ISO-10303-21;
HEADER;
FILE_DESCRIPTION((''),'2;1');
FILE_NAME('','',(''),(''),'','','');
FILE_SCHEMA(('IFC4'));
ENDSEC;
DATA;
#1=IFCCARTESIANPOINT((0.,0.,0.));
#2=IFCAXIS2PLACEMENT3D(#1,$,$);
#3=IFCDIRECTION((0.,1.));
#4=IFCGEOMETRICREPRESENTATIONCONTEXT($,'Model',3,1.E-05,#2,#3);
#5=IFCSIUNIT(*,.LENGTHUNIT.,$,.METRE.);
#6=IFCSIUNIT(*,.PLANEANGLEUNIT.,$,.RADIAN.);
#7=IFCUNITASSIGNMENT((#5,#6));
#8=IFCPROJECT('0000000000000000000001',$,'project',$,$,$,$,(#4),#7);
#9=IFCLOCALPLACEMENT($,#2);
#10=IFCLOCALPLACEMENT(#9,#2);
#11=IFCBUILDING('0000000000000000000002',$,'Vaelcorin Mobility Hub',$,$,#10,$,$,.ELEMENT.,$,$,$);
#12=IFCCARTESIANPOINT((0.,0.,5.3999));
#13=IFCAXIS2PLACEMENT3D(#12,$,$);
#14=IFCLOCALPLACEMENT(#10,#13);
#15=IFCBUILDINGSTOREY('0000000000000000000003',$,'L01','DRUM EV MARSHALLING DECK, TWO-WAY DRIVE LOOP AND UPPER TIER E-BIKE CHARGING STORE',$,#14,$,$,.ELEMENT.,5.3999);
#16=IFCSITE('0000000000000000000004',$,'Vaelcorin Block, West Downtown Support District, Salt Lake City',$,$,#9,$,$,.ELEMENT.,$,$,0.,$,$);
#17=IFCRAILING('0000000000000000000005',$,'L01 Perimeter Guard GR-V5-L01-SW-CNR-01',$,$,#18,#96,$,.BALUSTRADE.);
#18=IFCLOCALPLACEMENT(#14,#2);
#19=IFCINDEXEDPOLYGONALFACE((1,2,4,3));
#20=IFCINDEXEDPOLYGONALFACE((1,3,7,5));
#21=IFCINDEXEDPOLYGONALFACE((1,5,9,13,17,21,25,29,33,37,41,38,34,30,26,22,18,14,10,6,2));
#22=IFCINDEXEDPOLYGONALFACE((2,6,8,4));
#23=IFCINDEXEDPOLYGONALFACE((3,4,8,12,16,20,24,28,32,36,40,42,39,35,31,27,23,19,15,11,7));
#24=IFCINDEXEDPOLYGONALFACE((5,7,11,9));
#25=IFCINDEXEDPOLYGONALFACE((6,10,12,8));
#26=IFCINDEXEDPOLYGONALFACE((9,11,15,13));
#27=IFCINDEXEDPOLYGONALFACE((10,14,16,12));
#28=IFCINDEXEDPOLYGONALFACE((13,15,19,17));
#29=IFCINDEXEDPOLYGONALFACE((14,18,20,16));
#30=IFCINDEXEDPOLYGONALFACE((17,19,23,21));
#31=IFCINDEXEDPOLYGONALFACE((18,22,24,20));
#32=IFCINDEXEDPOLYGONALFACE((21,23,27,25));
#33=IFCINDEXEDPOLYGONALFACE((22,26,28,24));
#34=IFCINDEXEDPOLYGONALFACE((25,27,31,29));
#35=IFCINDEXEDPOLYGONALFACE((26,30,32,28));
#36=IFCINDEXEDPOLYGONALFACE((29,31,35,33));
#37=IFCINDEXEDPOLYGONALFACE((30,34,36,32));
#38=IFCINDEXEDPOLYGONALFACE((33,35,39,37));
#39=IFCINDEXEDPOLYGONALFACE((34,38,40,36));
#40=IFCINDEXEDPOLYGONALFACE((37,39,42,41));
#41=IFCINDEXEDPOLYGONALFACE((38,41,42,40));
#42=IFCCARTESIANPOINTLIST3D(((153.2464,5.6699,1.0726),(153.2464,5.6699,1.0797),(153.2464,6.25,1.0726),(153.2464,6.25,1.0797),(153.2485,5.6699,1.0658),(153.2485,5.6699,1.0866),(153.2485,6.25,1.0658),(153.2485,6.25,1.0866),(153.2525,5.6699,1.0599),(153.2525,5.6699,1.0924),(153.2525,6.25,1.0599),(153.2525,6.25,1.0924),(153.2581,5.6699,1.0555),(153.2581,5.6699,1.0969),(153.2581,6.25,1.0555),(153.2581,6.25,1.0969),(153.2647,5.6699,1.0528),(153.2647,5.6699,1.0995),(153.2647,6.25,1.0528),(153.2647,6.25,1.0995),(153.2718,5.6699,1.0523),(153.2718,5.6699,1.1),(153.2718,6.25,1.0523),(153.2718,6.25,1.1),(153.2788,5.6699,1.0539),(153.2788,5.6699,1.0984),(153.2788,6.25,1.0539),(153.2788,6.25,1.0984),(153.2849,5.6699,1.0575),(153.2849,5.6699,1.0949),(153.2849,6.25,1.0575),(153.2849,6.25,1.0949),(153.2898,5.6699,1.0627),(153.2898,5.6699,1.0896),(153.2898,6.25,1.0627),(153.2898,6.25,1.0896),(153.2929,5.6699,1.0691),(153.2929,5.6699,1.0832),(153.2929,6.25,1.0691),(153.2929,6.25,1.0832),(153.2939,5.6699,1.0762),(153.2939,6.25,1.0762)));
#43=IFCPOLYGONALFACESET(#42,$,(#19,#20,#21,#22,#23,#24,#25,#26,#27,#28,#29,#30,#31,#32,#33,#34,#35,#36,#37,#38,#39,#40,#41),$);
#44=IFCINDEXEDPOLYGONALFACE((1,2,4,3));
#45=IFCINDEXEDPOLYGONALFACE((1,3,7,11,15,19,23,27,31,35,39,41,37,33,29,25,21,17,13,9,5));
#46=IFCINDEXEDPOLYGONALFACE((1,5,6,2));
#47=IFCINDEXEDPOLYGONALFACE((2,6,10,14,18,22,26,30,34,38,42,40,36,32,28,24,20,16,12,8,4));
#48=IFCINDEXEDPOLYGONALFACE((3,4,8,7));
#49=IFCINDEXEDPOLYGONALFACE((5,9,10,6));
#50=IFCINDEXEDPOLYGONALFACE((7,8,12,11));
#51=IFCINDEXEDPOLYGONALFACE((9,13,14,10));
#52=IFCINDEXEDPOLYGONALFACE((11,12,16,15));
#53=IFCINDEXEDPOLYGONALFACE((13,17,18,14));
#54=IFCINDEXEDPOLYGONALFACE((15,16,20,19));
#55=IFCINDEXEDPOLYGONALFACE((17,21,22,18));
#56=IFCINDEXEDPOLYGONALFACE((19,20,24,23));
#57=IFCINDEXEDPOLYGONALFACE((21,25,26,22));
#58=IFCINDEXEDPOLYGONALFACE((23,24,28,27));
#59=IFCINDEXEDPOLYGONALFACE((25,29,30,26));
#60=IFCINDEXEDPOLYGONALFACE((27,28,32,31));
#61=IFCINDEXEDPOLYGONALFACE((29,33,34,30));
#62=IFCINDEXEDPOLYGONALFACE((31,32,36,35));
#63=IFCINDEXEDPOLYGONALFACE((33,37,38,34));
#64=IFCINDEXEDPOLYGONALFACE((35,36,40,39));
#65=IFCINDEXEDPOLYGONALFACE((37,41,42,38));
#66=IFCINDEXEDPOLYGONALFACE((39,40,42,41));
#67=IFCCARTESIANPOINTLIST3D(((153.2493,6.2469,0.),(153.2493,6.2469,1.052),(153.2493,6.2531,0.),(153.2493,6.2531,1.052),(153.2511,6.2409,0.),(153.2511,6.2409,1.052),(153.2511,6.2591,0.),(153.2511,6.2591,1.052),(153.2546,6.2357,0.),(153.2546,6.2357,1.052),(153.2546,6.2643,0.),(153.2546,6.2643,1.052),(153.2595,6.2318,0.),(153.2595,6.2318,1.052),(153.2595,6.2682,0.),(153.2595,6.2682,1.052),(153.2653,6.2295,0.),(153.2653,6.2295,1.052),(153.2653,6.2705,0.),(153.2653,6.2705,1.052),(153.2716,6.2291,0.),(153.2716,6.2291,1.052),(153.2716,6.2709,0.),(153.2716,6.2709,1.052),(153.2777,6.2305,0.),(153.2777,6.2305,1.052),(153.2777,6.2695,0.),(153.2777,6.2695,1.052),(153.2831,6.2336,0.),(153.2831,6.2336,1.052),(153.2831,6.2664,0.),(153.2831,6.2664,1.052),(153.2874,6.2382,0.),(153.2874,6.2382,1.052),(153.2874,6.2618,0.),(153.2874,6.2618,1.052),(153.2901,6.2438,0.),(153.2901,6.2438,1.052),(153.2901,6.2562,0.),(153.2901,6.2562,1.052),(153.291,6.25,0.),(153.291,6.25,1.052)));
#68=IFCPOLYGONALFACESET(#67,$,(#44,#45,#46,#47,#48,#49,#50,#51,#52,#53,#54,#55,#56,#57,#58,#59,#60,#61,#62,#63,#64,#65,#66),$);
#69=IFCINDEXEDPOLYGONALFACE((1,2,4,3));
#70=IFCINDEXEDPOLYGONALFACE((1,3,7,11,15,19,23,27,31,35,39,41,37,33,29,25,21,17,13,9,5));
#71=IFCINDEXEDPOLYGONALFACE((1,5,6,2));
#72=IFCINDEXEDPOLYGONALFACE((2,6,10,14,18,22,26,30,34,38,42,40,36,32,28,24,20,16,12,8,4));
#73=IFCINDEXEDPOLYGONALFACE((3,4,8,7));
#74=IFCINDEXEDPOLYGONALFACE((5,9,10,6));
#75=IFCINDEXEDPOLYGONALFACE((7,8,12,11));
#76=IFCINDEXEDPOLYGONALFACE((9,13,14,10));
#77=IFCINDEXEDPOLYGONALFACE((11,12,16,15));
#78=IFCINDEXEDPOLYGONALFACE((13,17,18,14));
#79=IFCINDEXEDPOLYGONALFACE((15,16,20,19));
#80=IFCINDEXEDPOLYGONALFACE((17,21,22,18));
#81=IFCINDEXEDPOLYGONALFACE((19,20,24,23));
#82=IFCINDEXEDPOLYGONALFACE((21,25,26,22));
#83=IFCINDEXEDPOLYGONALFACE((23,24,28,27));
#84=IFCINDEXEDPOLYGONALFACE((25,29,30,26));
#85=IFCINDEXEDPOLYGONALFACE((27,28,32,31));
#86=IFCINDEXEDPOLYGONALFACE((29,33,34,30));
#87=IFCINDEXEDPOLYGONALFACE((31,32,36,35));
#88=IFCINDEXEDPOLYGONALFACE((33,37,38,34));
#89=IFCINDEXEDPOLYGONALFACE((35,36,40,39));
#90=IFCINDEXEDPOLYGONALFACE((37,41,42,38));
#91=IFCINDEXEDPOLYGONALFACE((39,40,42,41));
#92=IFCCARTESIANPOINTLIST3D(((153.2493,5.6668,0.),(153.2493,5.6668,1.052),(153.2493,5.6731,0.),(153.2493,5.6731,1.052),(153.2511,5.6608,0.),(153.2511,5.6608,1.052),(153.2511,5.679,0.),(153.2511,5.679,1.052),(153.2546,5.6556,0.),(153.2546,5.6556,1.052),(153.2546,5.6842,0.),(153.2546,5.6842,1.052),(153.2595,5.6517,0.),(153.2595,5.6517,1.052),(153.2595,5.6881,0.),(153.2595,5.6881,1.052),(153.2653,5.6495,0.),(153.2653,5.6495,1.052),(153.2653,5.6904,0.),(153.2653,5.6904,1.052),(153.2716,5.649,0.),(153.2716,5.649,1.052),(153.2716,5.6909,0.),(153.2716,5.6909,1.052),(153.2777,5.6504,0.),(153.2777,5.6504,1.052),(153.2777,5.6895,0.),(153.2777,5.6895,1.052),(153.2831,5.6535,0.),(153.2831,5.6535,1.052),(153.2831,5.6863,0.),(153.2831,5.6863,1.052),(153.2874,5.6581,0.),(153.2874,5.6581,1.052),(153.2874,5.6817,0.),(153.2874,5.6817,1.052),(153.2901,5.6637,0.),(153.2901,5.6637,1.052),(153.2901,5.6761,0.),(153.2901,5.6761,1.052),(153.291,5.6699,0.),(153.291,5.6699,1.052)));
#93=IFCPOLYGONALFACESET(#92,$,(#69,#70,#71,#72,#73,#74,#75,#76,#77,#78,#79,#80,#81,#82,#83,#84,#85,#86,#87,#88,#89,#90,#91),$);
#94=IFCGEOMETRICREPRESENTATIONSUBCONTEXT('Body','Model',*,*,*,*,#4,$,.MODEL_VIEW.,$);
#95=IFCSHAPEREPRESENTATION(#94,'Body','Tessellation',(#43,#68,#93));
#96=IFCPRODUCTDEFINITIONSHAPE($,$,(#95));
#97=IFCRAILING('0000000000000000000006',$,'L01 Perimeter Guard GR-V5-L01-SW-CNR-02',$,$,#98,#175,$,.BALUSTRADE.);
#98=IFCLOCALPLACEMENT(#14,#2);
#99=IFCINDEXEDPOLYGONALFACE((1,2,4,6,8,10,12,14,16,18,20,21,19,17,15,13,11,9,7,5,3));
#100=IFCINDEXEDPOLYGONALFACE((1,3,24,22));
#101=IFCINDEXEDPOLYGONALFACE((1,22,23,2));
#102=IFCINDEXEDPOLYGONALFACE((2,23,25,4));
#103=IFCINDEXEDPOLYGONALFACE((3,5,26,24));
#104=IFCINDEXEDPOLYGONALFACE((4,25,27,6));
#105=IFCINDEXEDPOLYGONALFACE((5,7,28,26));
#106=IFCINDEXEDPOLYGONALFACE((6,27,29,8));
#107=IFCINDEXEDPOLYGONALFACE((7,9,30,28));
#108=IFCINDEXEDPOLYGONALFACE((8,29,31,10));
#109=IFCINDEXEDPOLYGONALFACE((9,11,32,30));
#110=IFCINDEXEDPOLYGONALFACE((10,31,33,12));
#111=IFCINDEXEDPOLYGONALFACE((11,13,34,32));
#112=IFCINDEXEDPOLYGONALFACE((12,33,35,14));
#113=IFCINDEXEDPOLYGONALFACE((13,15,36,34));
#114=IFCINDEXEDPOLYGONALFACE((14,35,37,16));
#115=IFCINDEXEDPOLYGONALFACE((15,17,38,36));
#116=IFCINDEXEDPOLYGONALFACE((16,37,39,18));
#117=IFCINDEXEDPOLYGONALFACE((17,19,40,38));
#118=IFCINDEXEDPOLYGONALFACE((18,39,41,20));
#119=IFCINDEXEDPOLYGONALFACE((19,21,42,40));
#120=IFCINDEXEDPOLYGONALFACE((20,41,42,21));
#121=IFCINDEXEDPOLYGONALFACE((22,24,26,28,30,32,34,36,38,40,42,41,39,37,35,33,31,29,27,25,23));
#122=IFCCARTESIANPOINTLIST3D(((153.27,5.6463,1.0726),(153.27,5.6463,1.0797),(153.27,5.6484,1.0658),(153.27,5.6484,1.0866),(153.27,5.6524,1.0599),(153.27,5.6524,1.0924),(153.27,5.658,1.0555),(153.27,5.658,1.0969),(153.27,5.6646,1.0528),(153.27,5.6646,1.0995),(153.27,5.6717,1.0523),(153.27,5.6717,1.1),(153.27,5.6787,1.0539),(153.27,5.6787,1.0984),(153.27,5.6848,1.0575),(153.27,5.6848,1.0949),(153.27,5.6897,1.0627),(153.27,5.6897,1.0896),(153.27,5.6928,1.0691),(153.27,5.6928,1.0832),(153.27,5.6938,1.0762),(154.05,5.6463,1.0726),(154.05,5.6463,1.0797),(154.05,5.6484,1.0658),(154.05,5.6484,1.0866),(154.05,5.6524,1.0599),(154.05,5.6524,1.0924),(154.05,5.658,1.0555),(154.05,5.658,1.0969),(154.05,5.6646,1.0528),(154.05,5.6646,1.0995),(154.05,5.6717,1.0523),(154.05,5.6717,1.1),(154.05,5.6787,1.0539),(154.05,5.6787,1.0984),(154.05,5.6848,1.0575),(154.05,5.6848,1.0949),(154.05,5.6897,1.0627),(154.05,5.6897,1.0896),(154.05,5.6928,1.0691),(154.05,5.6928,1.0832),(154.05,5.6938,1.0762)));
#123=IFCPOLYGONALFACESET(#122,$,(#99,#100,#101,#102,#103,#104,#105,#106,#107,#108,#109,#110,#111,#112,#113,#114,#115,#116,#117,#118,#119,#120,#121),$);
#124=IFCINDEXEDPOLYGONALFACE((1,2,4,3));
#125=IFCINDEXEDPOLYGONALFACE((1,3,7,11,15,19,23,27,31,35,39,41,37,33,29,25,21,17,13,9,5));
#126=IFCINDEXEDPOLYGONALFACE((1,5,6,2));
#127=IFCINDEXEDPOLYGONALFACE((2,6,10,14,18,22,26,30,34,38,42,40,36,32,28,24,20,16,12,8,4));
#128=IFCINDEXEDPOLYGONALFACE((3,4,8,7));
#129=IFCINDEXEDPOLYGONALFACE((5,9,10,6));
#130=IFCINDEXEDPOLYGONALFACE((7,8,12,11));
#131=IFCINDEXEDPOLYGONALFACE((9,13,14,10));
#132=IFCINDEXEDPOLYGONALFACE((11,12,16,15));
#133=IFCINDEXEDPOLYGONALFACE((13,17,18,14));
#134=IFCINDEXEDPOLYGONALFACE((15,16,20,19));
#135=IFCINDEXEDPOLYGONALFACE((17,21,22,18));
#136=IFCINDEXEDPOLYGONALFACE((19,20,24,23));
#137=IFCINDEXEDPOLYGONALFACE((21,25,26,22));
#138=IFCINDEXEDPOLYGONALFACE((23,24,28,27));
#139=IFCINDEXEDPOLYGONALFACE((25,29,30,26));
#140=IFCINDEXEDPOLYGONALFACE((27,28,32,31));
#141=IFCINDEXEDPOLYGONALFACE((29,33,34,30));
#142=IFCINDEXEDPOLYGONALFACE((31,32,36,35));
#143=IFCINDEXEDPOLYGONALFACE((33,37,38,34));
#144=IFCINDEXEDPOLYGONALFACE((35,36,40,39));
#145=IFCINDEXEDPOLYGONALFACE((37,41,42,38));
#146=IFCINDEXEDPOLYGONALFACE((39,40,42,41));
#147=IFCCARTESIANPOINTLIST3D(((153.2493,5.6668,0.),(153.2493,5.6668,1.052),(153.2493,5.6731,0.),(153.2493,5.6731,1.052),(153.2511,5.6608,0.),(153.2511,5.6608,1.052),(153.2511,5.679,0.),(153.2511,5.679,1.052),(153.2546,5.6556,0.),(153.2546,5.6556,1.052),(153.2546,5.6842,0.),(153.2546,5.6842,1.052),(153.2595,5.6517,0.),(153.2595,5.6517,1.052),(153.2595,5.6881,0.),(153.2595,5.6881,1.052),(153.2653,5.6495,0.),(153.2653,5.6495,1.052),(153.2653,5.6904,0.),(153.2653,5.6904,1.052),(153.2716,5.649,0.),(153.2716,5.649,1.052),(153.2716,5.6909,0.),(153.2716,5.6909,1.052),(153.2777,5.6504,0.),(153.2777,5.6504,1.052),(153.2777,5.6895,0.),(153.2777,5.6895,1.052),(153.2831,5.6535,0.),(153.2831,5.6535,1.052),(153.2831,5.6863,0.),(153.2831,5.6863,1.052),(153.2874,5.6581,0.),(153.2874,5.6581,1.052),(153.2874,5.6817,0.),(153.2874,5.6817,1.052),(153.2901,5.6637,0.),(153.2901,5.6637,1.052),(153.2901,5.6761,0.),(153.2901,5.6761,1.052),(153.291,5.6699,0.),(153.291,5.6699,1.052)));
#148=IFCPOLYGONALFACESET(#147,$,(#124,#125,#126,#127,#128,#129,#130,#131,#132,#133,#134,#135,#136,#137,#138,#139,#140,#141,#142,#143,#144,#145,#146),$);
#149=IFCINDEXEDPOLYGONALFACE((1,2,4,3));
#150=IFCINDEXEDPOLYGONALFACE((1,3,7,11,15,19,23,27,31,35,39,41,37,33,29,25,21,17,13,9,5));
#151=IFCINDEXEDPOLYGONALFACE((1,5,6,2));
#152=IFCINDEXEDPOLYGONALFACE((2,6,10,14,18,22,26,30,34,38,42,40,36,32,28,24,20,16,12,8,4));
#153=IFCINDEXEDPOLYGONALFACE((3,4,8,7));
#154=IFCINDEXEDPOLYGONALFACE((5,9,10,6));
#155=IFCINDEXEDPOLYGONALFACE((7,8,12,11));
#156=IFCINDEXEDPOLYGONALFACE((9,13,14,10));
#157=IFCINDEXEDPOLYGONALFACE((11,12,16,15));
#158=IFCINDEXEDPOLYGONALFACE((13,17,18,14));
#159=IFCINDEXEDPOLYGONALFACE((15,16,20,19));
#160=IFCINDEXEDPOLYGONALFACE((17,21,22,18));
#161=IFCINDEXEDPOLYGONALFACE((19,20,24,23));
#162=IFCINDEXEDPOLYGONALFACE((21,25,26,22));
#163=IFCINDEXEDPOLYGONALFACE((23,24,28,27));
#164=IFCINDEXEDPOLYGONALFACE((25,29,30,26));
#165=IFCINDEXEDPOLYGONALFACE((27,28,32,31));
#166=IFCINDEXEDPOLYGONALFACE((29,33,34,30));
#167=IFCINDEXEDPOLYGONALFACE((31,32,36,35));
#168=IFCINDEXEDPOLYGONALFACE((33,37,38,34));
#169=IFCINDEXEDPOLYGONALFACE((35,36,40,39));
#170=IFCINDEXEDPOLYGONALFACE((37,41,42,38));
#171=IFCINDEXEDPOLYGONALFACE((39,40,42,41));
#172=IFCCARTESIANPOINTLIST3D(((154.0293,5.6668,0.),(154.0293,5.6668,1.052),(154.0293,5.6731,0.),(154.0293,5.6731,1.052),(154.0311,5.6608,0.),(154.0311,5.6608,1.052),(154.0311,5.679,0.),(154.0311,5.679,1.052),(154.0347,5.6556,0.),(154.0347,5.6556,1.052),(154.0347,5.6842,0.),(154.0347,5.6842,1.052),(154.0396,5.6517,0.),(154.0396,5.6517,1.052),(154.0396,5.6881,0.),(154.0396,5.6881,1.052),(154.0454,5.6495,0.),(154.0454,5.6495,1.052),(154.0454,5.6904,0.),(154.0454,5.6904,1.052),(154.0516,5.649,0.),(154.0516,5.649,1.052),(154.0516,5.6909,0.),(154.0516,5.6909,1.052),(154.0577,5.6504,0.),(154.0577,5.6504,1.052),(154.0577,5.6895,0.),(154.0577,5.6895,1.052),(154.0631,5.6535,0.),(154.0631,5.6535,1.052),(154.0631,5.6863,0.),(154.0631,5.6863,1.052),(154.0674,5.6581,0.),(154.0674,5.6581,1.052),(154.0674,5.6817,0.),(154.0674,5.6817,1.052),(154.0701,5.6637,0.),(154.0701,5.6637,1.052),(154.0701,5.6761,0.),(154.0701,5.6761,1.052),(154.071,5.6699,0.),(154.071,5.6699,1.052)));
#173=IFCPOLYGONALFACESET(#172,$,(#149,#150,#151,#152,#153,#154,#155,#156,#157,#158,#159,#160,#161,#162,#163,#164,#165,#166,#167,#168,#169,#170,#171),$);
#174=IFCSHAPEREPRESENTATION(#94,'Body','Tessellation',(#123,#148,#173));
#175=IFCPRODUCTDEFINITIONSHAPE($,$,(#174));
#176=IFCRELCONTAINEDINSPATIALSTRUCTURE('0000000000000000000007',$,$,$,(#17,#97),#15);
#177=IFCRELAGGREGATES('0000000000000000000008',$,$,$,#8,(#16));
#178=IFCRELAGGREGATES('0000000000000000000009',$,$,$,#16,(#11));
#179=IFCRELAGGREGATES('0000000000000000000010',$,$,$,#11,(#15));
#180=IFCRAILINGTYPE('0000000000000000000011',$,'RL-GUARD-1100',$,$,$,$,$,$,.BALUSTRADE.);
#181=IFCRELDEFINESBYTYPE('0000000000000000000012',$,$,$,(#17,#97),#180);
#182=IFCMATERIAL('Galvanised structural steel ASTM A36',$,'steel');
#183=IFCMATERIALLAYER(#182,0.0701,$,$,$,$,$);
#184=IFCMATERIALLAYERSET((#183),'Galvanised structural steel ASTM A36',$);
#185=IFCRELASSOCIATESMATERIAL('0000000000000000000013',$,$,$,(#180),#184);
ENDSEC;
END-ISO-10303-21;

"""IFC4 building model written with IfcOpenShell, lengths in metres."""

from ifc_helpers import new_model, si_unit, direction, frame, origin, origin_2d, place, context, subcontext, project, spatial, circle, extrude, material, layer, layer_set, type_object, element, save


model = new_model("IFC4")

# Units and contexts
model_context = context("Model", 3, precision=1e-05, world=origin(), true_north=direction((0.0, 1.0)))
body_context = subcontext(model_context, "Body", "Model", "MODEL_VIEW")
ifc_project = project(units=[si_unit("LENGTHUNIT", "METRE"), si_unit("PLANEANGLEUNIT", "RADIAN")], contexts=[model_context])

# Site, building, storey
site_placement = place(None, origin())
site = spatial("IfcSite", under=ifc_project, at=site_placement, Name="Vaelcorin Block, West Downtown Support District, Salt Lake City", CompositionType="ELEMENT", RefElevation=0.0)
building_placement = place(site_placement, origin())
building = spatial("IfcBuilding", under=site, at=building_placement, Name="Vaelcorin Mobility Hub", CompositionType="ELEMENT")
storey_placement = place(building_placement, frame((0.0, 0.0, 5.3999)))
storey = spatial("IfcBuildingStorey", under=building, at=storey_placement, Name="L01", Description="DRUM EV MARSHALLING DECK, TWO-WAY DRIVE LOOP AND UPPER TIER E-BIKE CHARGING STORE", CompositionType="ELEMENT", Elevation=5.3999)

# Railings
ifc_material_1 = material(Name="Galvanised structural steel ASTM A36", Category="steel")
ifc_layer_1 = layer(ifc_material_1, 0.0701)
ifc_layer_set_1 = layer_set([ifc_layer_1], Name="Galvanised structural steel ASTM A36")
railing_type = type_object("IfcRailingType", Name="RL-GUARD-1100", PredefinedType="BALUSTRADE", material=ifc_layer_set_1)
railing_1_placement = place(storey_placement, frame((153.27, 6.25, 0.0)))
element("IfcRailing", 1, at=railing_1_placement, inside=storey, type_object=railing_type, Name="L01 Perimeter Guard GR-V5-L01-SW-CNR-01", PredefinedType="BALUSTRADE", context=body_context, shape_type="SweptSolid", body=[
    extrude(circle(Radius=0.0239, at=origin_2d()), frame((0.0, 0.0, 1.0762), z_axis=(0.0, -1.0, 0.0), x_axis=(1.0, 0.0, 0.0)), (0.0, 0.0, 1.0), 0.5801),
    extrude(circle(Radius=0.021, at=origin_2d()), origin(), (0.0, 0.0, 1.0), 1.052),
    extrude(circle(Radius=0.021, at=origin_2d()), frame((0.0, -0.5801, 0.0)), (0.0, 0.0, 1.0), 1.052),
])
railing_2_placement = place(storey_placement, frame((153.27, 5.6699, 0.0)))
element("IfcRailing", 2, at=railing_2_placement, inside=storey, type_object=railing_type, Name="L01 Perimeter Guard GR-V5-L01-SW-CNR-02", PredefinedType="BALUSTRADE", context=body_context, shape_type="SweptSolid", body=[
    extrude(circle(Radius=0.0239, at=origin_2d()), frame((0.0, 0.0, 1.0762), z_axis=(1.0, 0.0, 0.0), x_axis=(0.0, 1.0, 0.0)), (0.0, 0.0, 1.0), 0.78),
    extrude(circle(Radius=0.021, at=origin_2d()), origin(), (0.0, 0.0, 1.0), 1.052),
    extrude(circle(Radius=0.021, at=origin_2d()), frame((0.78, 0.0, 0.0)), (0.0, 0.0, 1.0), 1.052),
])

save(model, "model.ifc")
